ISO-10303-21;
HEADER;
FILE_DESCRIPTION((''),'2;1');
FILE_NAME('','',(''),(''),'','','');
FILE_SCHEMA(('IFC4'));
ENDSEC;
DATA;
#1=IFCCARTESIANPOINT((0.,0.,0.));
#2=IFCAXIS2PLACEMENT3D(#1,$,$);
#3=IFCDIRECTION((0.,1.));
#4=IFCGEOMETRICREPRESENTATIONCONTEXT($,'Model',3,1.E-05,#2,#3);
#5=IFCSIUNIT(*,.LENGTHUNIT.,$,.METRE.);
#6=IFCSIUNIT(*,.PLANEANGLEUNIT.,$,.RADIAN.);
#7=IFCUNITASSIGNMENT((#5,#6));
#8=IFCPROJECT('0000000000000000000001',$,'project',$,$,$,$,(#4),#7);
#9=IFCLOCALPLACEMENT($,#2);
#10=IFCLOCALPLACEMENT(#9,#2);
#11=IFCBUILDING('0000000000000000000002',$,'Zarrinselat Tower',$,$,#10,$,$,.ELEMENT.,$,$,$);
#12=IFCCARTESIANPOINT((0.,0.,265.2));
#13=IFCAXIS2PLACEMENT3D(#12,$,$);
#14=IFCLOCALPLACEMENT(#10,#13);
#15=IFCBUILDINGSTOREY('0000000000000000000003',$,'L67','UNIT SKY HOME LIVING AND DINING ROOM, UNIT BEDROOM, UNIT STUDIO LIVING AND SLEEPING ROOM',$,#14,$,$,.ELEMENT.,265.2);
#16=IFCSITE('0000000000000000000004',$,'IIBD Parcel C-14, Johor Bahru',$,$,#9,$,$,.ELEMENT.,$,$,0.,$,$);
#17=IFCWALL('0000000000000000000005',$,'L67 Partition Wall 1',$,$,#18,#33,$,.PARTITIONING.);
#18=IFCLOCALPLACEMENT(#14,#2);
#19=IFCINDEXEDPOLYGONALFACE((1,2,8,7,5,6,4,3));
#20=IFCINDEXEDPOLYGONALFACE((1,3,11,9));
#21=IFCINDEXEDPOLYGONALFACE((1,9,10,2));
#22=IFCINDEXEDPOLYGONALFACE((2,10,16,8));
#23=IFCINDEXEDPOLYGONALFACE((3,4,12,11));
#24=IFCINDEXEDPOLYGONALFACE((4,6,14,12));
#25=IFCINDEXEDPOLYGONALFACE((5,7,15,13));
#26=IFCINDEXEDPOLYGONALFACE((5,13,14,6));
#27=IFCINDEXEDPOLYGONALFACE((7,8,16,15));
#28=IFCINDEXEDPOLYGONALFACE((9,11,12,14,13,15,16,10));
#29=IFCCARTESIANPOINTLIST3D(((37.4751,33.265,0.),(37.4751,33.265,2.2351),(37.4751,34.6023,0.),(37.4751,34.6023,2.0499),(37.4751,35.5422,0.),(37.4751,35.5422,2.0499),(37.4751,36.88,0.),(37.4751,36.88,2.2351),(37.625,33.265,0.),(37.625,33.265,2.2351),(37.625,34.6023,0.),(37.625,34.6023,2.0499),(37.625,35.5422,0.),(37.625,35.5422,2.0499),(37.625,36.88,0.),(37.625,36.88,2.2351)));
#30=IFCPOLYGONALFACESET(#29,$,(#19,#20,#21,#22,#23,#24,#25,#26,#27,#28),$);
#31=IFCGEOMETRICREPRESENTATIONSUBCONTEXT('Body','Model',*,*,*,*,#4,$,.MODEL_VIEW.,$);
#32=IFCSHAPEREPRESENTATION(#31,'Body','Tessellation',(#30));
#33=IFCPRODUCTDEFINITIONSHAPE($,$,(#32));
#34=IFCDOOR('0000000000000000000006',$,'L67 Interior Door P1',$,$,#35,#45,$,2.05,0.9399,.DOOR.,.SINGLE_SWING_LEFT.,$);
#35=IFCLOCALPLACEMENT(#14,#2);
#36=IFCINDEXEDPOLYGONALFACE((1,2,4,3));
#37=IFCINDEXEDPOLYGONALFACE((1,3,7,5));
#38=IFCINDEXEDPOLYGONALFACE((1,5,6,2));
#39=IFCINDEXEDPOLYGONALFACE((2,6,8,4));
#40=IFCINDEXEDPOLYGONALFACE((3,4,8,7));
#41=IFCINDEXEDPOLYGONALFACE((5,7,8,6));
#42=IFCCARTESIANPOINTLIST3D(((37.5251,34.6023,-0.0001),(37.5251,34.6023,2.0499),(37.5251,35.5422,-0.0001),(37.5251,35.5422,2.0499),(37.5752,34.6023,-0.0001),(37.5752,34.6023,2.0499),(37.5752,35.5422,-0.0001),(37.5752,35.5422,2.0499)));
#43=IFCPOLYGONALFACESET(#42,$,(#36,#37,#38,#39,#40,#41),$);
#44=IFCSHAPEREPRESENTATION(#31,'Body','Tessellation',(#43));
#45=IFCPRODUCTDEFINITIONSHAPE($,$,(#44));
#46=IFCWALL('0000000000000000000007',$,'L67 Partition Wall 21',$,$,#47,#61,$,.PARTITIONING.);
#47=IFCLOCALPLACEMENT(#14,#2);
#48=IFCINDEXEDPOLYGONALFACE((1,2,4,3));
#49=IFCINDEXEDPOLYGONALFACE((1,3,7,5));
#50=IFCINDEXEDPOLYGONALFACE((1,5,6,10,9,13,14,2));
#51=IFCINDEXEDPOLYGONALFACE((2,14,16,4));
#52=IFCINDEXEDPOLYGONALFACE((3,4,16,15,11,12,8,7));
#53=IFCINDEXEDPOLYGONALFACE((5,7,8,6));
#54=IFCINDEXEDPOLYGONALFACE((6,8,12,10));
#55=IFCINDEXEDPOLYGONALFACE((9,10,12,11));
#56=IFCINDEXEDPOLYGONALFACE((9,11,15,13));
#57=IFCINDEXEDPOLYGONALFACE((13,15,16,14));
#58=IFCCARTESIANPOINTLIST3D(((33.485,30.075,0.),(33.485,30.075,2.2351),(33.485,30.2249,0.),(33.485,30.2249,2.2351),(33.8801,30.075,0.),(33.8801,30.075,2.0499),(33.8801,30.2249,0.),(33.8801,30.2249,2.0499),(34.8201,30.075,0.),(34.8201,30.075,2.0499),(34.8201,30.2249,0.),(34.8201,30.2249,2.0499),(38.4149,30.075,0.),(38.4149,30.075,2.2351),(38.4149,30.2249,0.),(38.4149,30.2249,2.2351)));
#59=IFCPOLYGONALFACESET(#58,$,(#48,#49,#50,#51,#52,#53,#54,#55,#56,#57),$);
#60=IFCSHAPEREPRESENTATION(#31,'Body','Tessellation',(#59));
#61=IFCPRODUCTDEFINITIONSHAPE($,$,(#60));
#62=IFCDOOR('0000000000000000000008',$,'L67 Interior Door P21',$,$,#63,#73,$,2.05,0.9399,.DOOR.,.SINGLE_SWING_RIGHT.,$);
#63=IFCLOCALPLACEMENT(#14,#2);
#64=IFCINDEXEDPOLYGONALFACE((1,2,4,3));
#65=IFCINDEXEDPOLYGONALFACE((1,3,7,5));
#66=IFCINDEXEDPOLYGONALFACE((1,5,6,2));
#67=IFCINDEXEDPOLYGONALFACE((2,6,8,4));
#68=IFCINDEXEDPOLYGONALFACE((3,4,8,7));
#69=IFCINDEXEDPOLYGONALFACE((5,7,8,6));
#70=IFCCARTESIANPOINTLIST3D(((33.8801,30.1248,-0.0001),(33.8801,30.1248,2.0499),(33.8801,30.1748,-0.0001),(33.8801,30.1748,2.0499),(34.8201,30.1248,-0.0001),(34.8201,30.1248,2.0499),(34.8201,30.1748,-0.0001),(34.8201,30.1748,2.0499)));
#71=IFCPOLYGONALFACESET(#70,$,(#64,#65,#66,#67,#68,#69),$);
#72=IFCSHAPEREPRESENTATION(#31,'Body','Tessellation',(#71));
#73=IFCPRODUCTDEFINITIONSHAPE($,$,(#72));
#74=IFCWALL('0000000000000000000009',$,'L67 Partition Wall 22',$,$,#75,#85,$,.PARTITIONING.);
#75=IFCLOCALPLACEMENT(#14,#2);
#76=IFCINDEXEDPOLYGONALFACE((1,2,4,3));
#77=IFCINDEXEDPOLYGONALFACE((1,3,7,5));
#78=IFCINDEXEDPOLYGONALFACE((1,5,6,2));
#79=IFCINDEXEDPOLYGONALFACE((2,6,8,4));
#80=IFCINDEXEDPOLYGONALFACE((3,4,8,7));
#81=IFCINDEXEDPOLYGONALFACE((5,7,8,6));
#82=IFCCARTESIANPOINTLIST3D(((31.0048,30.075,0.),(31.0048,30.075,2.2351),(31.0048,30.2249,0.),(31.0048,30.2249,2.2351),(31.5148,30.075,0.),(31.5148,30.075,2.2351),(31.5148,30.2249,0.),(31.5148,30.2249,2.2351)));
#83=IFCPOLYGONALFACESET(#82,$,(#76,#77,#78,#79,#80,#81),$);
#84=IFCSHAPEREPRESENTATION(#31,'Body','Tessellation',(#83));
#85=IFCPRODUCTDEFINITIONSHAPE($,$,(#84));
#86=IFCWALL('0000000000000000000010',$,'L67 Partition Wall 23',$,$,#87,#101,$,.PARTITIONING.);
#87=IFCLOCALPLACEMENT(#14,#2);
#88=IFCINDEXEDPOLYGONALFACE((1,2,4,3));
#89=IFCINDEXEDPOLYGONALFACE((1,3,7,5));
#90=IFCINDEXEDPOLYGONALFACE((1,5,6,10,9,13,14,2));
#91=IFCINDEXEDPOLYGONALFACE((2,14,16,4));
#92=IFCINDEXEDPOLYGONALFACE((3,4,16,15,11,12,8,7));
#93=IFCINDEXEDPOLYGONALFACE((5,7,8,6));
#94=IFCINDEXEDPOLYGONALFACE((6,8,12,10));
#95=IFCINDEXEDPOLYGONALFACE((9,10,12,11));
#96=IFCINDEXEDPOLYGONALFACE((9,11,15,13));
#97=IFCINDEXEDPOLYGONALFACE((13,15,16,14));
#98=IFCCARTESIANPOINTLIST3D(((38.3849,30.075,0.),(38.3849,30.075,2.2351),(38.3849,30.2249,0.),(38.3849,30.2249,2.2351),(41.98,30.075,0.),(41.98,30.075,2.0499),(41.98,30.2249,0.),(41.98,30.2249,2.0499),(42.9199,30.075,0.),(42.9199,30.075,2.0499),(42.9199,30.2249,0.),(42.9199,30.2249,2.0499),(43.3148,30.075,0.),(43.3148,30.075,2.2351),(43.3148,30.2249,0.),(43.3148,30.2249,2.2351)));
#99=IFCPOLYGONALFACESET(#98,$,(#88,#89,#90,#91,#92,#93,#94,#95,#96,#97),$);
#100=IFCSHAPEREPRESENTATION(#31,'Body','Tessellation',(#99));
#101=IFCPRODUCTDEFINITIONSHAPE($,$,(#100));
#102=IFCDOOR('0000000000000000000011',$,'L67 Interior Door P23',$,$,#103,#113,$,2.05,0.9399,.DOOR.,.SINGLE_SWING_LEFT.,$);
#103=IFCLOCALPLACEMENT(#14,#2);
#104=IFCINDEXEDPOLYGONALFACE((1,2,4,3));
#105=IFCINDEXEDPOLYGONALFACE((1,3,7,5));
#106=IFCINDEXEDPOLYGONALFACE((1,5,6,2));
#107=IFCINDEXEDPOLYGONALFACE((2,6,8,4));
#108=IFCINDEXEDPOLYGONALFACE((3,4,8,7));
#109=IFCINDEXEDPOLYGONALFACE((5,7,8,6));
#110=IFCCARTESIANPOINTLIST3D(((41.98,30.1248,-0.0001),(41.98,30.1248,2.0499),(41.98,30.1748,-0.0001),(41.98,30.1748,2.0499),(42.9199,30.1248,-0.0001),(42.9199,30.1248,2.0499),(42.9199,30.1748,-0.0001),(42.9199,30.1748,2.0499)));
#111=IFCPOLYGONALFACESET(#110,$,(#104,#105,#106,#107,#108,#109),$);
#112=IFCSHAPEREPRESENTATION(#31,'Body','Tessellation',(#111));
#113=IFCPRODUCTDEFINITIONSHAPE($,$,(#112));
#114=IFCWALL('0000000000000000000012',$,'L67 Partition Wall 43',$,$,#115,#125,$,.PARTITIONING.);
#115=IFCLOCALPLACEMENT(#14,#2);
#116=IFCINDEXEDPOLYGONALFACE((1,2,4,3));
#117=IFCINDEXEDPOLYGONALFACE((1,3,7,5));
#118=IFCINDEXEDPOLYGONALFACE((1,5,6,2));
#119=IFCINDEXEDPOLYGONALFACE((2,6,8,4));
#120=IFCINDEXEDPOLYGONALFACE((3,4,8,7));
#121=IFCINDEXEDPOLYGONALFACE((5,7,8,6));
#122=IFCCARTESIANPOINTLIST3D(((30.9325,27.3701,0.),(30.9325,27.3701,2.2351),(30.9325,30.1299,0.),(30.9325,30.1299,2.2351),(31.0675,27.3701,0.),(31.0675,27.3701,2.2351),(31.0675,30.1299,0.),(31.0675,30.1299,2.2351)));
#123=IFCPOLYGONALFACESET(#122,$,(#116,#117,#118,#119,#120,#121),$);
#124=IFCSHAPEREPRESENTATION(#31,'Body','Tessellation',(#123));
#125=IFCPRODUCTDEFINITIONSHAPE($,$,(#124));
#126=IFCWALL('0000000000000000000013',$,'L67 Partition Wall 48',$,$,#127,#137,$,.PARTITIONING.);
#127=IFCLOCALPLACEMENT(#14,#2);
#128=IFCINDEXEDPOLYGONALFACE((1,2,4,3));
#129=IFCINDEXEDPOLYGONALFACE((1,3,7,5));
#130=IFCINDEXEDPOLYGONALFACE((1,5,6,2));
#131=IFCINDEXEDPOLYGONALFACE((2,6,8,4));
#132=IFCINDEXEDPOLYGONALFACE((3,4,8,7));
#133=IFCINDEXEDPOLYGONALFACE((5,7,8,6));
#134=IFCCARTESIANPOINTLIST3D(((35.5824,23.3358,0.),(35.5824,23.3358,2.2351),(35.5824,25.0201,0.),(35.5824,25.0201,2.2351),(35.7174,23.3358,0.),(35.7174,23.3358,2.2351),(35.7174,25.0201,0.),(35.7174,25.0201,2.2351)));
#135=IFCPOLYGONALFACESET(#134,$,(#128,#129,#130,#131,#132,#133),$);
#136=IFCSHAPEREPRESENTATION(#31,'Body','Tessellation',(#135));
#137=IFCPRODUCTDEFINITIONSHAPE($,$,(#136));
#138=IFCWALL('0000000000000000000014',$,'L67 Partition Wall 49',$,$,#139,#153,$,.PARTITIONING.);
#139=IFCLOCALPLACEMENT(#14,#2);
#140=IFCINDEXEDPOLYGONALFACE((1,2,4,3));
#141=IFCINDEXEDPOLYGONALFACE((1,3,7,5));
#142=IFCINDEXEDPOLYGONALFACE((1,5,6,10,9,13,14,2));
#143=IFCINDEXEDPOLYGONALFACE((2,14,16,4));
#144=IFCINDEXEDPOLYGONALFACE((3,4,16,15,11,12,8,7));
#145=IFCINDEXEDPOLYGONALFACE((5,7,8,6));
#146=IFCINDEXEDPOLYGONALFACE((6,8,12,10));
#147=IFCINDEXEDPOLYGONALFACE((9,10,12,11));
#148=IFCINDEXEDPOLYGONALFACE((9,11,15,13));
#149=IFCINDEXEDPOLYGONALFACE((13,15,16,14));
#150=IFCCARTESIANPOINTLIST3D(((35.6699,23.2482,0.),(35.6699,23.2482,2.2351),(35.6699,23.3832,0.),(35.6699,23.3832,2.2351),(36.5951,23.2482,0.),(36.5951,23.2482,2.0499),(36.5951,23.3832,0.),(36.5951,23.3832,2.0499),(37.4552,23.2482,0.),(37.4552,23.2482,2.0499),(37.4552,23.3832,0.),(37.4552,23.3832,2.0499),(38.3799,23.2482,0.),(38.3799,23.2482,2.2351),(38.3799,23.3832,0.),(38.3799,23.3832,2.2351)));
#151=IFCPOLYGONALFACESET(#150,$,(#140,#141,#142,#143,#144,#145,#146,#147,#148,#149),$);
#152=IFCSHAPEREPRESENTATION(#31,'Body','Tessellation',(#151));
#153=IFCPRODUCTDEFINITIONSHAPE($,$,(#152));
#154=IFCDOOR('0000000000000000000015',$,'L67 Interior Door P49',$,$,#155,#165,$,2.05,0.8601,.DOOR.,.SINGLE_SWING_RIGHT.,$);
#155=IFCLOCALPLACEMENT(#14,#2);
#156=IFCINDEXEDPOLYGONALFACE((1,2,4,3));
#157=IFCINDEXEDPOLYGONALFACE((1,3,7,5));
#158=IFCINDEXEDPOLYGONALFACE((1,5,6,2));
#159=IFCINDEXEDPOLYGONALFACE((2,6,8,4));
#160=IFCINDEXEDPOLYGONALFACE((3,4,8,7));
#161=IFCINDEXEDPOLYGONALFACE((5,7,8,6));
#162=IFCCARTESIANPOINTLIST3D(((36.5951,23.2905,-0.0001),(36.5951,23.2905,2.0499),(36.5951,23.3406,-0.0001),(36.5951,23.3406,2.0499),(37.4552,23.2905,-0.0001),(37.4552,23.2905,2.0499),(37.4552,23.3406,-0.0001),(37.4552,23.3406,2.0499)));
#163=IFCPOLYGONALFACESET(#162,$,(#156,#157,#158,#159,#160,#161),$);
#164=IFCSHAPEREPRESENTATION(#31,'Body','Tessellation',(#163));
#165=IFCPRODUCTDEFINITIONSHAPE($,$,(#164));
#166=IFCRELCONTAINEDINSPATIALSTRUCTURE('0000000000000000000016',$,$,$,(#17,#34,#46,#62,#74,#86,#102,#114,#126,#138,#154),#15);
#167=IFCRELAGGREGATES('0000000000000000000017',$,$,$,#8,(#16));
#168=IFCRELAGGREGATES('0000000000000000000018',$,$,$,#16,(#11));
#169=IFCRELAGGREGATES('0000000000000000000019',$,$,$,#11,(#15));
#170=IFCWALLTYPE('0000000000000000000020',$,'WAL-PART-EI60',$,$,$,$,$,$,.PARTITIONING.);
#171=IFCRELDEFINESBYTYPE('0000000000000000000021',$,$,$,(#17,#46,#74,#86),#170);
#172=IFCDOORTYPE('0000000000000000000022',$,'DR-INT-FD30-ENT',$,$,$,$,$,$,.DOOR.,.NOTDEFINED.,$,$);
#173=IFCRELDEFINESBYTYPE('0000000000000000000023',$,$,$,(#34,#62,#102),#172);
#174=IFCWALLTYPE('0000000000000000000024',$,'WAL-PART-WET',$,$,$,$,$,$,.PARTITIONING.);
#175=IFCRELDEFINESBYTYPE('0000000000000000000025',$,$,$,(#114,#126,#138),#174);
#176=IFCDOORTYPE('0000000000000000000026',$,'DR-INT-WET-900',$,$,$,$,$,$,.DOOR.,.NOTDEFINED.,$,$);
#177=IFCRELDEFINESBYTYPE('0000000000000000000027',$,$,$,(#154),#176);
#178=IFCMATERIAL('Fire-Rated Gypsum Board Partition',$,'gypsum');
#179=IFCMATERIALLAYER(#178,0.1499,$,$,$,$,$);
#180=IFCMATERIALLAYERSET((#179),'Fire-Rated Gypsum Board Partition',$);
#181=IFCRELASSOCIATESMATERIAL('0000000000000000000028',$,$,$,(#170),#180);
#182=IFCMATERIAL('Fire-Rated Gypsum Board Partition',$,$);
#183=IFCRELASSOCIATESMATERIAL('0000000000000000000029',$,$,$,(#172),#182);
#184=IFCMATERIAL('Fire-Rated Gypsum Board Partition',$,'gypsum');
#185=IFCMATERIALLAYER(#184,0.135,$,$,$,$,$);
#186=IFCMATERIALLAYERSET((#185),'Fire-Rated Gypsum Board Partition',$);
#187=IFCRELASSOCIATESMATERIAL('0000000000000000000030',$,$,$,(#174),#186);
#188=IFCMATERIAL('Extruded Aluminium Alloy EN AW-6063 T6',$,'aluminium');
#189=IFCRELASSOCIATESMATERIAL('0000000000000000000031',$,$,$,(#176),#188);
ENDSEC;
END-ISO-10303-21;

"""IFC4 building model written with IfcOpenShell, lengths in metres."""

from ifc_helpers import new_model, si_unit, direction, frame, frame_2d, origin, place, context, subcontext, project, spatial, rectangle, extrude, material, layer, layer_set, type_object, element, fill, save


model = new_model("IFC4")

# Units and contexts
model_context = context("Model", 3, precision=1e-05, world=origin(), true_north=direction((0.0, 1.0)))
body_context = subcontext(model_context, "Body", "Model", "MODEL_VIEW")
ifc_project = project(units=[si_unit("LENGTHUNIT", "METRE"), si_unit("PLANEANGLEUNIT", "RADIAN")], contexts=[model_context])

# Site, building, storey
site_placement = place(None, origin())
site = spatial("IfcSite", under=ifc_project, at=site_placement, Name="IIBD Parcel C-14, Johor Bahru", CompositionType="ELEMENT", RefElevation=0.0)
building_placement = place(site_placement, origin())
building = spatial("IfcBuilding", under=site, at=building_placement, Name="Zarrinselat Tower", CompositionType="ELEMENT")
storey_placement = place(building_placement, frame((0.0, 0.0, 265.2)))
storey = spatial("IfcBuildingStorey", under=building, at=storey_placement, Name="L67", Description="UNIT SKY HOME LIVING AND DINING ROOM, UNIT BEDROOM, UNIT STUDIO LIVING AND SLEEPING ROOM", CompositionType="ELEMENT", Elevation=265.2)

# Walls, openings, doors
ifc_material_1 = material(Name="Fire-Rated Gypsum Board Partition", Category="gypsum")
ifc_layer_1 = layer(ifc_material_1, 0.1499)
ifc_layer_set_1 = layer_set([ifc_layer_1], Name="Fire-Rated Gypsum Board Partition")
wall_type_1 = type_object("IfcWallType", Name="WAL-PART-EI60", PredefinedType="PARTITIONING", material=ifc_layer_set_1)
wall_1_placement = place(storey_placement, frame((37.55, 33.2649, 0.0), z_axis=(0.0, 0.0, 1.0), x_axis=(0.0, 1.0, 0.0)))
wall_1 = element("IfcWall", 1, at=wall_1_placement, inside=storey, type_object=wall_type_1, Name="L67 Partition Wall 1", PredefinedType="PARTITIONING", context=body_context, shape_type="SweptSolid", body=[
    extrude(rectangle(XDim=3.615, YDim=0.1499, at=frame_2d((1.8076, 0.0))), origin(), (0.0, 0.0, 1.0), 2.2351),
])
opening_1_placement = place(wall_1_placement, frame((1.3374, 0.0, 0.0)))
opening_1 = element("IfcOpeningElement", 2, at=opening_1_placement, cuts=wall_1, PredefinedType="OPENING", context=body_context, shape_type="SweptSolid", body=[
    extrude(rectangle(XDim=0.9399, YDim=2.05, at=frame_2d((0.47, 1.0249))), frame((0.0, 0.085, 0.0), z_axis=(0.0, -1.0, 0.0), x_axis=(1.0, 0.0, 0.0)), (0.0, 0.0, 1.0), 0.1699),
])
ifc_material_2 = material(Name="Fire-Rated Gypsum Board Partition")
door_type_1 = type_object("IfcDoorType", Name="DR-INT-FD30-ENT", OperationType="NOTDEFINED", PredefinedType="DOOR", material=ifc_material_2)
door_1_placement = place(opening_1_placement, origin())
door_1 = element("IfcDoor", 3, at=door_1_placement, inside=storey, type_object=door_type_1, Name="L67 Interior Door P1", OperationType="SINGLE_SWING_LEFT", OverallHeight=2.05, OverallWidth=0.9399, PredefinedType="DOOR", context=body_context, shape_type="SweptSolid", body=[
    extrude(rectangle(XDim=0.9399, YDim=2.05, at=frame_2d((0.47, 1.0249))), frame((0.0, 0.0249, 0.0), z_axis=(0.0, -1.0, 0.0), x_axis=(1.0, 0.0, 0.0)), (0.0, 0.0, 1.0), 0.05),
])
fill(opening_1, door_1)
wall_2_placement = place(storey_placement, frame((33.4851, 30.1499, 0.0), z_axis=(0.0, 0.0, 1.0), x_axis=(1.0, 0.0, 0.0)))
wall_2 = element("IfcWall", 4, at=wall_2_placement, inside=storey, type_object=wall_type_1, Name="L67 Partition Wall 21", PredefinedType="PARTITIONING", context=body_context, shape_type="SweptSolid", body=[
    extrude(rectangle(XDim=4.9299, YDim=0.1499, at=frame_2d((2.4648, 0.0))), origin(), (0.0, 0.0, 1.0), 2.2351),
])
opening_2_placement = place(wall_2_placement, frame((0.395, 0.0, 0.0)))
opening_2 = element("IfcOpeningElement", 5, at=opening_2_placement, cuts=wall_2, PredefinedType="OPENING", context=body_context, shape_type="SweptSolid", body=[
    extrude(rectangle(XDim=0.9399, YDim=2.05, at=frame_2d((0.47, 1.0249))), frame((0.0, 0.085, 0.0), z_axis=(0.0, -1.0, 0.0), x_axis=(1.0, 0.0, 0.0)), (0.0, 0.0, 1.0), 0.1699),
])
door_2_placement = place(opening_2_placement, origin())
door_2 = element("IfcDoor", 6, at=door_2_placement, inside=storey, type_object=door_type_1, Name="L67 Interior Door P21", OperationType="SINGLE_SWING_RIGHT", OverallHeight=2.05, OverallWidth=0.9399, PredefinedType="DOOR", context=body_context, shape_type="SweptSolid", body=[
    extrude(rectangle(XDim=0.9399, YDim=2.05, at=frame_2d((0.47, 1.0249))), frame((0.0, 0.0249, 0.0), z_axis=(0.0, -1.0, 0.0), x_axis=(1.0, 0.0, 0.0)), (0.0, 0.0, 1.0), 0.05),
])
fill(opening_2, door_2)

# Wall
wall_3_placement = place(storey_placement, frame((31.0049, 30.1499, 0.0), z_axis=(0.0, 0.0, 1.0), x_axis=(1.0, 0.0, 0.0)))
element("IfcWall", 7, at=wall_3_placement, inside=storey, type_object=wall_type_1, Name="L67 Partition Wall 22", PredefinedType="PARTITIONING", context=body_context, shape_type="SweptSolid", body=[
    extrude(rectangle(XDim=0.51, YDim=0.1499, at=frame_2d((0.2549, 0.0))), origin(), (0.0, 0.0, 1.0), 2.2351),
])

# Wall, opening, door
wall_4_placement = place(storey_placement, frame((38.385, 30.1499, 0.0), z_axis=(0.0, 0.0, 1.0), x_axis=(1.0, 0.0, 0.0)))
wall_4 = element("IfcWall", 8, at=wall_4_placement, inside=storey, type_object=wall_type_1, Name="L67 Partition Wall 23", PredefinedType="PARTITIONING", context=body_context, shape_type="SweptSolid", body=[
    extrude(rectangle(XDim=4.9299, YDim=0.1499, at=frame_2d((2.4648, 0.0))), origin(), (0.0, 0.0, 1.0), 2.2351),
])
opening_3_placement = place(wall_4_placement, frame((3.595, 0.0, 0.0)))
opening_3 = element("IfcOpeningElement", 9, at=opening_3_placement, cuts=wall_4, PredefinedType="OPENING", context=body_context, shape_type="SweptSolid", body=[
    extrude(rectangle(XDim=0.9399, YDim=2.05, at=frame_2d((0.47, 1.0249))), frame((0.0, 0.085, 0.0), z_axis=(0.0, -1.0, 0.0), x_axis=(1.0, 0.0, 0.0)), (0.0, 0.0, 1.0), 0.1699),
])
door_3_placement = place(opening_3_placement, origin())
door_3 = element("IfcDoor", 10, at=door_3_placement, inside=storey, type_object=door_type_1, Name="L67 Interior Door P23", OperationType="SINGLE_SWING_LEFT", OverallHeight=2.05, OverallWidth=0.9399, PredefinedType="DOOR", context=body_context, shape_type="SweptSolid", body=[
    extrude(rectangle(XDim=0.9399, YDim=2.05, at=frame_2d((0.47, 1.0249))), frame((0.0, 0.0249, 0.0), z_axis=(0.0, -1.0, 0.0), x_axis=(1.0, 0.0, 0.0)), (0.0, 0.0, 1.0), 0.05),
])
fill(opening_3, door_3)

# Walls
ifc_material_3 = material(Name="Fire-Rated Gypsum Board Partition", Category="gypsum")
ifc_layer_2 = layer(ifc_material_3, 0.135)
ifc_layer_set_2 = layer_set([ifc_layer_2], Name="Fire-Rated Gypsum Board Partition")
wall_type_2 = type_object("IfcWallType", Name="WAL-PART-WET", PredefinedType="PARTITIONING", material=ifc_layer_set_2)
wall_5_placement = place(storey_placement, frame((31.0, 27.3701, 0.0), z_axis=(0.0, 0.0, 1.0), x_axis=(0.0, 1.0, 0.0)))
element("IfcWall", 11, at=wall_5_placement, inside=storey, type_object=wall_type_2, Name="L67 Partition Wall 43", PredefinedType="PARTITIONING", context=body_context, shape_type="SweptSolid", body=[
    extrude(rectangle(XDim=2.7598, YDim=0.135, at=frame_2d((1.3799, 0.0))), origin(), (0.0, 0.0, 1.0), 2.2351),
])
wall_6_placement = place(storey_placement, frame((35.6499, 23.3357, 0.0), z_axis=(0.0, 0.0, 1.0), x_axis=(0.0, 1.0, 0.0)))
element("IfcWall", 12, at=wall_6_placement, inside=storey, type_object=wall_type_2, Name="L67 Partition Wall 48", PredefinedType="PARTITIONING", context=body_context, shape_type="SweptSolid", body=[
    extrude(rectangle(XDim=1.6843, YDim=0.135, at=frame_2d((0.8423, 0.0))), origin(), (0.0, 0.0, 1.0), 2.2351),
])

# Wall, opening, door
wall_7_placement = place(storey_placement, frame((35.6699, 23.3157, 0.0), z_axis=(0.0, 0.0, 1.0), x_axis=(1.0, 0.0, 0.0)))
wall_7 = element("IfcWall", 13, at=wall_7_placement, inside=storey, type_object=wall_type_2, Name="L67 Partition Wall 49", PredefinedType="PARTITIONING", context=body_context, shape_type="SweptSolid", body=[
    extrude(rectangle(XDim=2.71, YDim=0.135, at=frame_2d((1.355, 0.0))), origin(), (0.0, 0.0, 1.0), 2.2351),
])
opening_4_placement = place(wall_7_placement, frame((0.925, 0.0, 0.0)))
opening_4 = element("IfcOpeningElement", 14, at=opening_4_placement, cuts=wall_7, PredefinedType="OPENING", context=body_context, shape_type="SweptSolid", body=[
    extrude(rectangle(XDim=0.8601, YDim=2.05, at=frame_2d((0.4302, 1.0249))), frame((0.0, 0.0774, 0.0), z_axis=(0.0, -1.0, 0.0), x_axis=(1.0, 0.0, 0.0)), (0.0, 0.0, 1.0), 0.155),
])
ifc_material_4 = material(Name="Extruded Aluminium Alloy EN AW-6063 T6", Category="aluminium")
door_type_2 = type_object("IfcDoorType", Name="DR-INT-WET-900", OperationType="NOTDEFINED", PredefinedType="DOOR", material=ifc_material_4)
door_4_placement = place(opening_4_placement, origin())
door_4 = element("IfcDoor", 15, at=door_4_placement, inside=storey, type_object=door_type_2, Name="L67 Interior Door P49", OperationType="SINGLE_SWING_RIGHT", OverallHeight=2.05, OverallWidth=0.8601, PredefinedType="DOOR", context=body_context, shape_type="SweptSolid", body=[
    extrude(rectangle(XDim=0.8601, YDim=2.05, at=frame_2d((0.4302, 1.0249))), frame((0.0, 0.0249, 0.0), z_axis=(0.0, -1.0, 0.0), x_axis=(1.0, 0.0, 0.0)), (0.0, 0.0, 1.0), 0.05),
])
fill(opening_4, door_4)

save(model, "model.ifc")
